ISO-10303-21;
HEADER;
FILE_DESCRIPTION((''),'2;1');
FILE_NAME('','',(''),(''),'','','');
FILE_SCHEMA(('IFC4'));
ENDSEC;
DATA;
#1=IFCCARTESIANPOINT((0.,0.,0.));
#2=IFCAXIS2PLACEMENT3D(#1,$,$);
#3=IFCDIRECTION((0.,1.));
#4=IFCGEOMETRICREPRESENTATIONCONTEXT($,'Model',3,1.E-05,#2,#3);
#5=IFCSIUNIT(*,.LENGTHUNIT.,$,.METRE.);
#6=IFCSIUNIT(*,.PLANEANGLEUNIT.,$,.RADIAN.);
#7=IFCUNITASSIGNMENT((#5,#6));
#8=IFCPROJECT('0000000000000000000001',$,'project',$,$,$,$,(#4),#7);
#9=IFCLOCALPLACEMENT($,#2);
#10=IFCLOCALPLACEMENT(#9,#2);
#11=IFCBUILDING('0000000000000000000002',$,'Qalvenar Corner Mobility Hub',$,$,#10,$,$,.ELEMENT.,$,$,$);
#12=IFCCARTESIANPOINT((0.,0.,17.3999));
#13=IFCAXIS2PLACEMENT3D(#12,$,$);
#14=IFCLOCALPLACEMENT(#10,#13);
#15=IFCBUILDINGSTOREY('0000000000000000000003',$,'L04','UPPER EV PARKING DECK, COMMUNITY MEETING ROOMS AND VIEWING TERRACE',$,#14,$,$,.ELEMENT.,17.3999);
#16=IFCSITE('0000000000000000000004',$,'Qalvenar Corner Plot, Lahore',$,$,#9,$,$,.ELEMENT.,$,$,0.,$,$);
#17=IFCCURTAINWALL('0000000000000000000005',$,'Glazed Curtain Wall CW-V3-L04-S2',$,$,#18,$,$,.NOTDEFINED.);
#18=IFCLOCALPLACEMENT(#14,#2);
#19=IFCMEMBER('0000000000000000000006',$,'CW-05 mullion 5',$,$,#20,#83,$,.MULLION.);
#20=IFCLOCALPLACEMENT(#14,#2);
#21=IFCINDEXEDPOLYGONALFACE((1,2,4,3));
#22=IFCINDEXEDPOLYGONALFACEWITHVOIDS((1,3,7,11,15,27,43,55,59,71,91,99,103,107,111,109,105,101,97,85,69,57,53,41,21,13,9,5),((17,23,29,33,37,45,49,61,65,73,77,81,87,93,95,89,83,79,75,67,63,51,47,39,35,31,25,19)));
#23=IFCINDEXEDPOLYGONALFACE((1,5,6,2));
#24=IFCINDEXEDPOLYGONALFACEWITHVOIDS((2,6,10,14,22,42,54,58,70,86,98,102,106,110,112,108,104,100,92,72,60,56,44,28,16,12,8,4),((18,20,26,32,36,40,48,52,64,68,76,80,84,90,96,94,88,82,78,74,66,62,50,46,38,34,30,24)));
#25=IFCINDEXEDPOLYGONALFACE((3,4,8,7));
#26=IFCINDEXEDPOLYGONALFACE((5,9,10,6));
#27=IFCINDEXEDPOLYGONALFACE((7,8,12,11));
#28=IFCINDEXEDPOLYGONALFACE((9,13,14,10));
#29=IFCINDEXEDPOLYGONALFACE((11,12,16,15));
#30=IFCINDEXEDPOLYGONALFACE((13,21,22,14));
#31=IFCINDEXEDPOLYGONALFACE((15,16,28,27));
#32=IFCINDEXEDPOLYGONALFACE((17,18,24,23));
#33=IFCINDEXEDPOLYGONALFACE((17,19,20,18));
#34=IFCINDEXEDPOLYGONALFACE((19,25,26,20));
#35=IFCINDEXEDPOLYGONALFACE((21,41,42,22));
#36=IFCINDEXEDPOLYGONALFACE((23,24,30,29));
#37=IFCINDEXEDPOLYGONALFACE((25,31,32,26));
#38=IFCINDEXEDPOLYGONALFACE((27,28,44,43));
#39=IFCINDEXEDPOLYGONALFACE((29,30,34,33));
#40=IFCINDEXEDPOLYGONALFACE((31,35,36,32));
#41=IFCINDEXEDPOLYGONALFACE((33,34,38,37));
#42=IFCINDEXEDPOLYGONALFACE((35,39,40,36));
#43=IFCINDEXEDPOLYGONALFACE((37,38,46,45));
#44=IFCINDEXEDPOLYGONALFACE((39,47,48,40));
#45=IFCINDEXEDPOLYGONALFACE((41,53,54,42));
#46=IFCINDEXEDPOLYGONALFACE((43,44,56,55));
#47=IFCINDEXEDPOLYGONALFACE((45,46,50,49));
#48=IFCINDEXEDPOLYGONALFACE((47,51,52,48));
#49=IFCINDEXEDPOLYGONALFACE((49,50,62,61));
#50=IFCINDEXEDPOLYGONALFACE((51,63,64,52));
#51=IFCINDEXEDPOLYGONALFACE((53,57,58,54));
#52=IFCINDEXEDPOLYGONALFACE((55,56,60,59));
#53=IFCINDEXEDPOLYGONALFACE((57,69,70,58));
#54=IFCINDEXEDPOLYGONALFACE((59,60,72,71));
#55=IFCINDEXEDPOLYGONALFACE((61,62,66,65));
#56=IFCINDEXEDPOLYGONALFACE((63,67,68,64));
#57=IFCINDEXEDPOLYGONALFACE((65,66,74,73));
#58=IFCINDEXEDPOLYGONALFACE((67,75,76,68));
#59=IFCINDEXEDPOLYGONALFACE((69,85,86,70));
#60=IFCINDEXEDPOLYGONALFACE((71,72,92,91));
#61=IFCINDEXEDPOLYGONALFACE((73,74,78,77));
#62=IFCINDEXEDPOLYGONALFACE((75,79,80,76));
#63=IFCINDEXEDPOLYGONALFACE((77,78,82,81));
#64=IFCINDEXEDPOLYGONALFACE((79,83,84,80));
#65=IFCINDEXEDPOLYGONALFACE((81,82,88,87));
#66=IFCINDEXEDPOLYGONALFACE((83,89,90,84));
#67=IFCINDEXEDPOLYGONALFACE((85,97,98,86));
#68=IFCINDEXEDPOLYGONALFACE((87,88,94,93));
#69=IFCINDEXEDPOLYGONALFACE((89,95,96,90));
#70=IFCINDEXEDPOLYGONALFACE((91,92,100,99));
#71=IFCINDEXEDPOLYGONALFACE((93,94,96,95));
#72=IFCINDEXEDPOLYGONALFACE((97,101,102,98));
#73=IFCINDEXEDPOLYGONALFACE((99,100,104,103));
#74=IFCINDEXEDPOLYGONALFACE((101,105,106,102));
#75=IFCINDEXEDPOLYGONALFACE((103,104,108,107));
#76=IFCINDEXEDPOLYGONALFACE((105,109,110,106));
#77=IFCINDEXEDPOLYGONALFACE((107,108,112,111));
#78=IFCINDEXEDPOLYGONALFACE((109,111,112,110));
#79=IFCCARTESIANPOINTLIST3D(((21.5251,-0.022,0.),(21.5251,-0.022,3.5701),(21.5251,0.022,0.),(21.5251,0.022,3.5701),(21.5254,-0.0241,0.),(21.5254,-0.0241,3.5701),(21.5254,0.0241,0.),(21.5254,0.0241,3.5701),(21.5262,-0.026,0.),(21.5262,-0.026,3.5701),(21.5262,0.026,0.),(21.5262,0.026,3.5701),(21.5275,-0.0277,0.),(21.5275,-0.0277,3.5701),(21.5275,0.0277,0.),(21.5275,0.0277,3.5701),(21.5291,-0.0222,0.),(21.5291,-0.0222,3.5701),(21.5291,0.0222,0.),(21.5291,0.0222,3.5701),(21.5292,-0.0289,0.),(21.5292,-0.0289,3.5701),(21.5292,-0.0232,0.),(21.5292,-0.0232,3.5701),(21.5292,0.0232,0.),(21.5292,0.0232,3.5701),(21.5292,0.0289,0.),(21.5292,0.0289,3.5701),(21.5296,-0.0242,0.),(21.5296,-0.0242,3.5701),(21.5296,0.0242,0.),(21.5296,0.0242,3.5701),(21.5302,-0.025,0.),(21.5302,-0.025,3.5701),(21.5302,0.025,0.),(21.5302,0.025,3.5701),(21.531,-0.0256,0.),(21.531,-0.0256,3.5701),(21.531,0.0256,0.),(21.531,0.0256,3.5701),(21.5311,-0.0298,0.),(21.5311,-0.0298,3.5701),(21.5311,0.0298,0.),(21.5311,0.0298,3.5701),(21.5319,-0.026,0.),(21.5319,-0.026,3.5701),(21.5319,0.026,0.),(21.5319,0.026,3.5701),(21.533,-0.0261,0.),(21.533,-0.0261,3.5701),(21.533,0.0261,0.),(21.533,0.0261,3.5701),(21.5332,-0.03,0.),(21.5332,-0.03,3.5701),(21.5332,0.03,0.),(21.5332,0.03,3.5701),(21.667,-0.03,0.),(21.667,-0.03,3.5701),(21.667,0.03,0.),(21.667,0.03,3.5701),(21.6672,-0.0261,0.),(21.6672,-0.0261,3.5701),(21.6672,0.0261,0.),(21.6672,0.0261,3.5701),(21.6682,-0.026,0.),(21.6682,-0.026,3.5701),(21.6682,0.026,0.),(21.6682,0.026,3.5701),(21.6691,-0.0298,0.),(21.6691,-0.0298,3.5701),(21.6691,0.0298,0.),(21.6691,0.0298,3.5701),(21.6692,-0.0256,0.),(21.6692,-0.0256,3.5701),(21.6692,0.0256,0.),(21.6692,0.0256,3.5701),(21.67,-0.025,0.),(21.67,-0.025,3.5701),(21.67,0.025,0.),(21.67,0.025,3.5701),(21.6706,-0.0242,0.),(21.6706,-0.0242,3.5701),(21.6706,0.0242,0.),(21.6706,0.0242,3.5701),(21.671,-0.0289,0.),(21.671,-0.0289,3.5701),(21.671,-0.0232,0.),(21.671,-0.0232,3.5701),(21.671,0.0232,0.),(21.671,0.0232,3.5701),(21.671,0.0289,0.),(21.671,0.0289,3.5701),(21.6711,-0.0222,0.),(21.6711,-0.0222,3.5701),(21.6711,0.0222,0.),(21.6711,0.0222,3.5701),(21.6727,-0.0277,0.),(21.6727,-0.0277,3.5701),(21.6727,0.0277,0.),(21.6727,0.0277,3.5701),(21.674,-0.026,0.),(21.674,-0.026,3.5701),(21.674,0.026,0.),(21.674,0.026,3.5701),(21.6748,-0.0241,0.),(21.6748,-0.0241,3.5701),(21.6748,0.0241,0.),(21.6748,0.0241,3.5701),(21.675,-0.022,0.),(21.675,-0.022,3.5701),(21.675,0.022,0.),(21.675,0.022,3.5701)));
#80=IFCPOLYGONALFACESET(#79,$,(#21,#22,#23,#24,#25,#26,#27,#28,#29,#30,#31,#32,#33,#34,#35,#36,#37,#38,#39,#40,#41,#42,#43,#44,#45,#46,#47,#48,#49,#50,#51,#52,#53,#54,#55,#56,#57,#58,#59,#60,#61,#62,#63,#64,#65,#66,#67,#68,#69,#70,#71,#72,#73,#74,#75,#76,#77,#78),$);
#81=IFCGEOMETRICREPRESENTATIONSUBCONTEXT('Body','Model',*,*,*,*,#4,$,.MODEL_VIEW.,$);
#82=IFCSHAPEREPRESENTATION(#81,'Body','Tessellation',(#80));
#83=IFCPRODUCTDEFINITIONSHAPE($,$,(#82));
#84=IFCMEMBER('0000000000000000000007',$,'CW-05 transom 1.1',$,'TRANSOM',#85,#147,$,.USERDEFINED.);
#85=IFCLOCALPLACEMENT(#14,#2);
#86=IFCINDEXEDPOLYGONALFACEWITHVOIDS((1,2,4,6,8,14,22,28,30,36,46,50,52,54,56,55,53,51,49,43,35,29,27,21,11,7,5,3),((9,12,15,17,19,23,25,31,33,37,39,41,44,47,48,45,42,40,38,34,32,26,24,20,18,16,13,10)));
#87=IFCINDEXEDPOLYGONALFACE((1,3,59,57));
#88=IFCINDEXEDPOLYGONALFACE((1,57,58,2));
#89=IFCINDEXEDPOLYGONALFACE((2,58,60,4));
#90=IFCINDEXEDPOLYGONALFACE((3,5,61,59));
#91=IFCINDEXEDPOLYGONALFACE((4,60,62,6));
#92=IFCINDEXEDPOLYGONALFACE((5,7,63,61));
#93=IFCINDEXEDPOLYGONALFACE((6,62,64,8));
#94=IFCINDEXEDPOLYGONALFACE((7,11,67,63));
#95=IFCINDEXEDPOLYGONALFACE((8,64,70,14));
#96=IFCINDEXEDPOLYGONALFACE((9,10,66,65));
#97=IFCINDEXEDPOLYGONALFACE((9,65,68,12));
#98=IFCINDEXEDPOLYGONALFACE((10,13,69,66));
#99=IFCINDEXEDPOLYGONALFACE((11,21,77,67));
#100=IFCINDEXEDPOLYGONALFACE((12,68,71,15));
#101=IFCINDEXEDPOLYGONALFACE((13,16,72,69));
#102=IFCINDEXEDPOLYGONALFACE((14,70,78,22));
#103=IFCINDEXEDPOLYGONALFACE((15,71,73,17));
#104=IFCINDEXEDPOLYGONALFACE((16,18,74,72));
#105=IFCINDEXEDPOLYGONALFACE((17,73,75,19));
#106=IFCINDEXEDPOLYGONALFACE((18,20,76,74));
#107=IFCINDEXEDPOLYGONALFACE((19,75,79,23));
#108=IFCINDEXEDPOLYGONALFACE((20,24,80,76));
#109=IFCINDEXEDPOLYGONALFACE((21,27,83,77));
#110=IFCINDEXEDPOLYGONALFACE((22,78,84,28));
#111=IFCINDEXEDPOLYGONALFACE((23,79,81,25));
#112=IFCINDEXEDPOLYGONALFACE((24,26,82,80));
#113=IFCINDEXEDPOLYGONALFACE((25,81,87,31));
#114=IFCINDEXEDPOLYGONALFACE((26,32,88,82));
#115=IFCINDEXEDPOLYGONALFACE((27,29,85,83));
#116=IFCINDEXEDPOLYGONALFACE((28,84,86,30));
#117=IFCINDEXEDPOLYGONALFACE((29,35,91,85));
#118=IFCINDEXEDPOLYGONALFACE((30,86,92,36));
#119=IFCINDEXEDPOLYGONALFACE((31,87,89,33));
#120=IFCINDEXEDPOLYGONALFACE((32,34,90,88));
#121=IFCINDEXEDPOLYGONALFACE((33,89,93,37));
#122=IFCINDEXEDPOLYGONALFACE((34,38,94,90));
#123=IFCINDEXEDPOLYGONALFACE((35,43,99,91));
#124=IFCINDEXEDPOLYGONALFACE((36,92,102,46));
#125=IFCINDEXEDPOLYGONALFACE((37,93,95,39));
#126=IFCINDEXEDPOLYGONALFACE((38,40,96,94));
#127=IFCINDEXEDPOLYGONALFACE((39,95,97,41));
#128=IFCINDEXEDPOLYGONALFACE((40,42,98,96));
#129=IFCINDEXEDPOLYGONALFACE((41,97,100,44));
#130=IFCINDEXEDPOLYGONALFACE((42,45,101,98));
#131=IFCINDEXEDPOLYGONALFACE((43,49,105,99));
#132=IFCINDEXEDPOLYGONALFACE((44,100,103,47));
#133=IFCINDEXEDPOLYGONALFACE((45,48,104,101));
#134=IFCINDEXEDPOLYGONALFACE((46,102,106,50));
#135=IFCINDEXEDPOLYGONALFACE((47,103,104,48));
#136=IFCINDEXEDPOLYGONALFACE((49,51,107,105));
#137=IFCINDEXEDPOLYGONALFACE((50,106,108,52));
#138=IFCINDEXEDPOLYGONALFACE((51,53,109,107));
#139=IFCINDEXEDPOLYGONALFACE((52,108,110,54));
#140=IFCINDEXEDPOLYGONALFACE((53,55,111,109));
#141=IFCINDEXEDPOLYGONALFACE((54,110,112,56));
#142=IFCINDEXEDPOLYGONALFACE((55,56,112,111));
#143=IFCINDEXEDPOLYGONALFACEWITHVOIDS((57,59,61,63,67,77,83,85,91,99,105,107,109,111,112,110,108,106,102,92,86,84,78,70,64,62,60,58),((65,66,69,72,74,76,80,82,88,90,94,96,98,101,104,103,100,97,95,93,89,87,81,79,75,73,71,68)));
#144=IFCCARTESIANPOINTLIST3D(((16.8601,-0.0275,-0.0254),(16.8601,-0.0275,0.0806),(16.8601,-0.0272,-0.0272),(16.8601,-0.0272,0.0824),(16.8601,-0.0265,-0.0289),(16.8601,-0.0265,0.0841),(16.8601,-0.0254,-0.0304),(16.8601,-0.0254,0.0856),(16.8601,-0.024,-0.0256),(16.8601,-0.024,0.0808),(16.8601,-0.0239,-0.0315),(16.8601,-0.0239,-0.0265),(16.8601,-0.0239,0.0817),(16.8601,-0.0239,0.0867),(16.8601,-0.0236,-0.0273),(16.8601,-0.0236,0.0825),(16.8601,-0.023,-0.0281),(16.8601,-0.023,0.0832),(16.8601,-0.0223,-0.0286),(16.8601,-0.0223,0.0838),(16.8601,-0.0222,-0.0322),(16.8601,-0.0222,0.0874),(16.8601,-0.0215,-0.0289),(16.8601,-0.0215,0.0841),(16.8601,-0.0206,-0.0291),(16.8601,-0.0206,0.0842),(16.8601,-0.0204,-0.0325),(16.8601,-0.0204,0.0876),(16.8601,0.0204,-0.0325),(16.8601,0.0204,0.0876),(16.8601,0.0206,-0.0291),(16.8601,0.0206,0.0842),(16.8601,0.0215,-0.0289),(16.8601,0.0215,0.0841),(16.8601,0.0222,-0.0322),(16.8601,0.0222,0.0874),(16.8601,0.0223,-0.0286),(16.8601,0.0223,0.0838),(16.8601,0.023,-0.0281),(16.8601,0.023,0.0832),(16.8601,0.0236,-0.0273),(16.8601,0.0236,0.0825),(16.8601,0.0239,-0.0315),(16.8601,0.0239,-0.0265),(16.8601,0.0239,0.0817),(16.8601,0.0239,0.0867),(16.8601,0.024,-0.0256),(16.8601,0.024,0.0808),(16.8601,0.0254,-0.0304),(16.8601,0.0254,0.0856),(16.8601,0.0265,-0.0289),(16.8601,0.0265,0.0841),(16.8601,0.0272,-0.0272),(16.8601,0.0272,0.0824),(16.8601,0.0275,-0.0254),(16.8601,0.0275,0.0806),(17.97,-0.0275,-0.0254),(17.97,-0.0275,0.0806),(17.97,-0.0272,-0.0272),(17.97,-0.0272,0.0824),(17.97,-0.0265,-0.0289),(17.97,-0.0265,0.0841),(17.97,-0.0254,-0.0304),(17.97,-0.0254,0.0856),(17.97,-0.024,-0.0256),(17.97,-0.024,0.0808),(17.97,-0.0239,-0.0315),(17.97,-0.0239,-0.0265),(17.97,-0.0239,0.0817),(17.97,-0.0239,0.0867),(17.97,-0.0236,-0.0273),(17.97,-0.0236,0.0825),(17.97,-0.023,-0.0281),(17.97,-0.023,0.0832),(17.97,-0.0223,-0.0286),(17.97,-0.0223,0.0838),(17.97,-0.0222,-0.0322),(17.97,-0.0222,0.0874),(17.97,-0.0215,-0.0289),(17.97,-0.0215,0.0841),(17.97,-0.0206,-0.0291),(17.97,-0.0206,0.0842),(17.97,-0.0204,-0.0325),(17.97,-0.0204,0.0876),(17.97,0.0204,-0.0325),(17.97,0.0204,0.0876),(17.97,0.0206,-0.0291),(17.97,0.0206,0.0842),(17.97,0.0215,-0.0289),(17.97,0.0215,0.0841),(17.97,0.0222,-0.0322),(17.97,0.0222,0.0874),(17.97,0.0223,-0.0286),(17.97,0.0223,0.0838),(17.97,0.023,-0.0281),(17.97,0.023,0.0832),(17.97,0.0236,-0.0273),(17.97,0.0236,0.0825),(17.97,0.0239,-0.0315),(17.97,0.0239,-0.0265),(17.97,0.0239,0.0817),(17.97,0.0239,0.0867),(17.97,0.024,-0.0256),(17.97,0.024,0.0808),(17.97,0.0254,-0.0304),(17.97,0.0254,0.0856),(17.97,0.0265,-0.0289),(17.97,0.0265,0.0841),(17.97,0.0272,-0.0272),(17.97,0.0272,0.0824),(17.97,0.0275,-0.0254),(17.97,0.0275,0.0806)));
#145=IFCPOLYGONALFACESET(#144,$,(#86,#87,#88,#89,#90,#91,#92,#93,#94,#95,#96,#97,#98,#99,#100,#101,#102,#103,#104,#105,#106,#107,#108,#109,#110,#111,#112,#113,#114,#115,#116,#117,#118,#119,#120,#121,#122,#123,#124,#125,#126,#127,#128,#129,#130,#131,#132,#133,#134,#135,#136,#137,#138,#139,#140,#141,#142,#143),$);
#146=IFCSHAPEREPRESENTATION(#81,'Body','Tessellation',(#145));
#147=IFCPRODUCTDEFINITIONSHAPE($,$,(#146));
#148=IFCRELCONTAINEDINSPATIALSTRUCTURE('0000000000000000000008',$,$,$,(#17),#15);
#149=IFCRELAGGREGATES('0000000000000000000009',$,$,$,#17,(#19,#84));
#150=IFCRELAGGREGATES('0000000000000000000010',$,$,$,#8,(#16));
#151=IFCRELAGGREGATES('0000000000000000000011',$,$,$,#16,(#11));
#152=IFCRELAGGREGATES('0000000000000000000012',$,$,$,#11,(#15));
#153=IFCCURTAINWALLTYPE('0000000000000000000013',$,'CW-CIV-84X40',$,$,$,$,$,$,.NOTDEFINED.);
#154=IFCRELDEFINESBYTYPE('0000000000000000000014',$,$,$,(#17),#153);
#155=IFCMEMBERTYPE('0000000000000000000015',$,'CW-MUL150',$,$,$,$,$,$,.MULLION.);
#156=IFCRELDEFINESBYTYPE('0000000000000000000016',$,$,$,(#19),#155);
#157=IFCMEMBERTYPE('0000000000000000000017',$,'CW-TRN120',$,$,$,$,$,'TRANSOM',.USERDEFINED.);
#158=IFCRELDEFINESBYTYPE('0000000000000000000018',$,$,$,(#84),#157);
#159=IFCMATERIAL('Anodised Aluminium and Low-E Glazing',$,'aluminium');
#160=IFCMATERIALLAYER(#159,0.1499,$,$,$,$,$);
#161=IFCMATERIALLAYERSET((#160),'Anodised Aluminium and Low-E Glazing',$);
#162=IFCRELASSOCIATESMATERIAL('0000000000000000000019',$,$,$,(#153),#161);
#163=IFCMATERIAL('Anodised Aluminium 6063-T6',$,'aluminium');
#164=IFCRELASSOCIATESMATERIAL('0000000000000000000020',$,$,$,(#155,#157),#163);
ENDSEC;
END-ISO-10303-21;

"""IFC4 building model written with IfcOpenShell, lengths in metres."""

from ifc_helpers import new_model, si_unit, direction, frame, origin, origin_2d, place, context, subcontext, project, spatial, hollow_rectangle, extrude, material, layer, layer_set, material_profile, profile_set, type_object, element, aggregate, save


model = new_model("IFC4")

# Units and contexts
model_context = context("Model", 3, precision=1e-05, world=origin(), true_north=direction((0.0, 1.0)))
body_context = subcontext(model_context, "Body", "Model", "MODEL_VIEW")
ifc_project = project(units=[si_unit("LENGTHUNIT", "METRE"), si_unit("PLANEANGLEUNIT", "RADIAN")], contexts=[model_context])

# Site, building, storey
site_placement = place(None, origin())
site = spatial("IfcSite", under=ifc_project, at=site_placement, Name="Qalvenar Corner Plot, Lahore", CompositionType="ELEMENT", RefElevation=0.0)
building_placement = place(site_placement, origin())
building = spatial("IfcBuilding", under=site, at=building_placement, Name="Qalvenar Corner Mobility Hub", CompositionType="ELEMENT")
storey_placement = place(building_placement, frame((0.0, 0.0, 17.3999)))
storey = spatial("IfcBuildingStorey", under=building, at=storey_placement, Name="L04", Description="UPPER EV PARKING DECK, COMMUNITY MEETING ROOMS AND VIEWING TERRACE", CompositionType="ELEMENT", Elevation=17.3999)

# Curtain wall, members
ifc_material_1 = material(Name="Anodised Aluminium and Low-E Glazing", Category="aluminium")
ifc_layer_1 = layer(ifc_material_1, 0.1499)
ifc_layer_set_1 = layer_set([ifc_layer_1], Name="Anodised Aluminium and Low-E Glazing")
curtain_wall_type = type_object("IfcCurtainWallType", Name="CW-CIV-84X40", PredefinedType="NOTDEFINED", material=ifc_layer_set_1)
curtain_wall_placement = place(storey_placement, origin())
curtain_wall = element("IfcCurtainWall", 1, at=curtain_wall_placement, inside=storey, type_object=curtain_wall_type, Name="Glazed Curtain Wall CW-V3-L04-S2", PredefinedType="NOTDEFINED")
ifc_material_2 = material(Name="Anodised Aluminium 6063-T6", Category="aluminium")
ifc_material_profile_1 = material_profile(ifc_material_2, hollow_rectangle(XDim=0.0601, YDim=0.1499, WallThickness=0.0039, InnerFilletRadius=0.0039, OuterFilletRadius=0.0081, at=origin_2d()), Name="RHS150x60x4")
ifc_profile_set_1 = profile_set([ifc_material_profile_1], Name="Anodised Aluminium 6063-T6")
member_type_1 = type_object("IfcMemberType", Name="CW-MUL150", PredefinedType="MULLION", material=ifc_profile_set_1)
member_1_placement = place(storey_placement, frame((21.6001, 0.0, 0.0), z_axis=(0.0, 0.0, 1.0), x_axis=(0.0, 1.0, 0.0)))
member_1 = element("IfcMember", 2, at=member_1_placement, type_object=member_type_1, Name="CW-05 mullion 5", PredefinedType="MULLION", context=body_context, shape_type="SweptSolid", body=[
    extrude(hollow_rectangle(XDim=0.0601, YDim=0.1499, WallThickness=0.0039, InnerFilletRadius=0.0039, OuterFilletRadius=0.0081, at=origin_2d()), origin(), (0.0, 0.0, 1.0), 3.5701),
])
ifc_material_profile_2 = material_profile(ifc_material_2, hollow_rectangle(XDim=0.0549, YDim=0.1201, WallThickness=0.0034, InnerFilletRadius=0.0034, OuterFilletRadius=0.0071, at=origin_2d()), Name="RHS120x55x3.5")
ifc_profile_set_2 = profile_set([ifc_material_profile_2], Name="Anodised Aluminium 6063-T6")
member_type_2 = type_object("IfcMemberType", Name="CW-TRN120", ElementType="TRANSOM", PredefinedType="USERDEFINED", material=ifc_profile_set_2)
member_2_placement = place(storey_placement, frame((16.8601, 0.0, 0.0276), z_axis=(1.0, 0.0, 0.0), x_axis=(0.0, 1.0, 0.0)))
member_2 = element("IfcMember", 3, at=member_2_placement, type_object=member_type_2, Name="CW-05 transom 1.1", ObjectType="TRANSOM", PredefinedType="USERDEFINED", context=body_context, shape_type="SweptSolid", body=[
    extrude(hollow_rectangle(XDim=0.0549, YDim=0.1201, WallThickness=0.0034, InnerFilletRadius=0.0034, OuterFilletRadius=0.0071, at=origin_2d()), origin(), (0.0, 0.0, 1.0), 1.1099),
])
aggregate(curtain_wall, [member_1, member_2])

save(model, "model.ifc")
